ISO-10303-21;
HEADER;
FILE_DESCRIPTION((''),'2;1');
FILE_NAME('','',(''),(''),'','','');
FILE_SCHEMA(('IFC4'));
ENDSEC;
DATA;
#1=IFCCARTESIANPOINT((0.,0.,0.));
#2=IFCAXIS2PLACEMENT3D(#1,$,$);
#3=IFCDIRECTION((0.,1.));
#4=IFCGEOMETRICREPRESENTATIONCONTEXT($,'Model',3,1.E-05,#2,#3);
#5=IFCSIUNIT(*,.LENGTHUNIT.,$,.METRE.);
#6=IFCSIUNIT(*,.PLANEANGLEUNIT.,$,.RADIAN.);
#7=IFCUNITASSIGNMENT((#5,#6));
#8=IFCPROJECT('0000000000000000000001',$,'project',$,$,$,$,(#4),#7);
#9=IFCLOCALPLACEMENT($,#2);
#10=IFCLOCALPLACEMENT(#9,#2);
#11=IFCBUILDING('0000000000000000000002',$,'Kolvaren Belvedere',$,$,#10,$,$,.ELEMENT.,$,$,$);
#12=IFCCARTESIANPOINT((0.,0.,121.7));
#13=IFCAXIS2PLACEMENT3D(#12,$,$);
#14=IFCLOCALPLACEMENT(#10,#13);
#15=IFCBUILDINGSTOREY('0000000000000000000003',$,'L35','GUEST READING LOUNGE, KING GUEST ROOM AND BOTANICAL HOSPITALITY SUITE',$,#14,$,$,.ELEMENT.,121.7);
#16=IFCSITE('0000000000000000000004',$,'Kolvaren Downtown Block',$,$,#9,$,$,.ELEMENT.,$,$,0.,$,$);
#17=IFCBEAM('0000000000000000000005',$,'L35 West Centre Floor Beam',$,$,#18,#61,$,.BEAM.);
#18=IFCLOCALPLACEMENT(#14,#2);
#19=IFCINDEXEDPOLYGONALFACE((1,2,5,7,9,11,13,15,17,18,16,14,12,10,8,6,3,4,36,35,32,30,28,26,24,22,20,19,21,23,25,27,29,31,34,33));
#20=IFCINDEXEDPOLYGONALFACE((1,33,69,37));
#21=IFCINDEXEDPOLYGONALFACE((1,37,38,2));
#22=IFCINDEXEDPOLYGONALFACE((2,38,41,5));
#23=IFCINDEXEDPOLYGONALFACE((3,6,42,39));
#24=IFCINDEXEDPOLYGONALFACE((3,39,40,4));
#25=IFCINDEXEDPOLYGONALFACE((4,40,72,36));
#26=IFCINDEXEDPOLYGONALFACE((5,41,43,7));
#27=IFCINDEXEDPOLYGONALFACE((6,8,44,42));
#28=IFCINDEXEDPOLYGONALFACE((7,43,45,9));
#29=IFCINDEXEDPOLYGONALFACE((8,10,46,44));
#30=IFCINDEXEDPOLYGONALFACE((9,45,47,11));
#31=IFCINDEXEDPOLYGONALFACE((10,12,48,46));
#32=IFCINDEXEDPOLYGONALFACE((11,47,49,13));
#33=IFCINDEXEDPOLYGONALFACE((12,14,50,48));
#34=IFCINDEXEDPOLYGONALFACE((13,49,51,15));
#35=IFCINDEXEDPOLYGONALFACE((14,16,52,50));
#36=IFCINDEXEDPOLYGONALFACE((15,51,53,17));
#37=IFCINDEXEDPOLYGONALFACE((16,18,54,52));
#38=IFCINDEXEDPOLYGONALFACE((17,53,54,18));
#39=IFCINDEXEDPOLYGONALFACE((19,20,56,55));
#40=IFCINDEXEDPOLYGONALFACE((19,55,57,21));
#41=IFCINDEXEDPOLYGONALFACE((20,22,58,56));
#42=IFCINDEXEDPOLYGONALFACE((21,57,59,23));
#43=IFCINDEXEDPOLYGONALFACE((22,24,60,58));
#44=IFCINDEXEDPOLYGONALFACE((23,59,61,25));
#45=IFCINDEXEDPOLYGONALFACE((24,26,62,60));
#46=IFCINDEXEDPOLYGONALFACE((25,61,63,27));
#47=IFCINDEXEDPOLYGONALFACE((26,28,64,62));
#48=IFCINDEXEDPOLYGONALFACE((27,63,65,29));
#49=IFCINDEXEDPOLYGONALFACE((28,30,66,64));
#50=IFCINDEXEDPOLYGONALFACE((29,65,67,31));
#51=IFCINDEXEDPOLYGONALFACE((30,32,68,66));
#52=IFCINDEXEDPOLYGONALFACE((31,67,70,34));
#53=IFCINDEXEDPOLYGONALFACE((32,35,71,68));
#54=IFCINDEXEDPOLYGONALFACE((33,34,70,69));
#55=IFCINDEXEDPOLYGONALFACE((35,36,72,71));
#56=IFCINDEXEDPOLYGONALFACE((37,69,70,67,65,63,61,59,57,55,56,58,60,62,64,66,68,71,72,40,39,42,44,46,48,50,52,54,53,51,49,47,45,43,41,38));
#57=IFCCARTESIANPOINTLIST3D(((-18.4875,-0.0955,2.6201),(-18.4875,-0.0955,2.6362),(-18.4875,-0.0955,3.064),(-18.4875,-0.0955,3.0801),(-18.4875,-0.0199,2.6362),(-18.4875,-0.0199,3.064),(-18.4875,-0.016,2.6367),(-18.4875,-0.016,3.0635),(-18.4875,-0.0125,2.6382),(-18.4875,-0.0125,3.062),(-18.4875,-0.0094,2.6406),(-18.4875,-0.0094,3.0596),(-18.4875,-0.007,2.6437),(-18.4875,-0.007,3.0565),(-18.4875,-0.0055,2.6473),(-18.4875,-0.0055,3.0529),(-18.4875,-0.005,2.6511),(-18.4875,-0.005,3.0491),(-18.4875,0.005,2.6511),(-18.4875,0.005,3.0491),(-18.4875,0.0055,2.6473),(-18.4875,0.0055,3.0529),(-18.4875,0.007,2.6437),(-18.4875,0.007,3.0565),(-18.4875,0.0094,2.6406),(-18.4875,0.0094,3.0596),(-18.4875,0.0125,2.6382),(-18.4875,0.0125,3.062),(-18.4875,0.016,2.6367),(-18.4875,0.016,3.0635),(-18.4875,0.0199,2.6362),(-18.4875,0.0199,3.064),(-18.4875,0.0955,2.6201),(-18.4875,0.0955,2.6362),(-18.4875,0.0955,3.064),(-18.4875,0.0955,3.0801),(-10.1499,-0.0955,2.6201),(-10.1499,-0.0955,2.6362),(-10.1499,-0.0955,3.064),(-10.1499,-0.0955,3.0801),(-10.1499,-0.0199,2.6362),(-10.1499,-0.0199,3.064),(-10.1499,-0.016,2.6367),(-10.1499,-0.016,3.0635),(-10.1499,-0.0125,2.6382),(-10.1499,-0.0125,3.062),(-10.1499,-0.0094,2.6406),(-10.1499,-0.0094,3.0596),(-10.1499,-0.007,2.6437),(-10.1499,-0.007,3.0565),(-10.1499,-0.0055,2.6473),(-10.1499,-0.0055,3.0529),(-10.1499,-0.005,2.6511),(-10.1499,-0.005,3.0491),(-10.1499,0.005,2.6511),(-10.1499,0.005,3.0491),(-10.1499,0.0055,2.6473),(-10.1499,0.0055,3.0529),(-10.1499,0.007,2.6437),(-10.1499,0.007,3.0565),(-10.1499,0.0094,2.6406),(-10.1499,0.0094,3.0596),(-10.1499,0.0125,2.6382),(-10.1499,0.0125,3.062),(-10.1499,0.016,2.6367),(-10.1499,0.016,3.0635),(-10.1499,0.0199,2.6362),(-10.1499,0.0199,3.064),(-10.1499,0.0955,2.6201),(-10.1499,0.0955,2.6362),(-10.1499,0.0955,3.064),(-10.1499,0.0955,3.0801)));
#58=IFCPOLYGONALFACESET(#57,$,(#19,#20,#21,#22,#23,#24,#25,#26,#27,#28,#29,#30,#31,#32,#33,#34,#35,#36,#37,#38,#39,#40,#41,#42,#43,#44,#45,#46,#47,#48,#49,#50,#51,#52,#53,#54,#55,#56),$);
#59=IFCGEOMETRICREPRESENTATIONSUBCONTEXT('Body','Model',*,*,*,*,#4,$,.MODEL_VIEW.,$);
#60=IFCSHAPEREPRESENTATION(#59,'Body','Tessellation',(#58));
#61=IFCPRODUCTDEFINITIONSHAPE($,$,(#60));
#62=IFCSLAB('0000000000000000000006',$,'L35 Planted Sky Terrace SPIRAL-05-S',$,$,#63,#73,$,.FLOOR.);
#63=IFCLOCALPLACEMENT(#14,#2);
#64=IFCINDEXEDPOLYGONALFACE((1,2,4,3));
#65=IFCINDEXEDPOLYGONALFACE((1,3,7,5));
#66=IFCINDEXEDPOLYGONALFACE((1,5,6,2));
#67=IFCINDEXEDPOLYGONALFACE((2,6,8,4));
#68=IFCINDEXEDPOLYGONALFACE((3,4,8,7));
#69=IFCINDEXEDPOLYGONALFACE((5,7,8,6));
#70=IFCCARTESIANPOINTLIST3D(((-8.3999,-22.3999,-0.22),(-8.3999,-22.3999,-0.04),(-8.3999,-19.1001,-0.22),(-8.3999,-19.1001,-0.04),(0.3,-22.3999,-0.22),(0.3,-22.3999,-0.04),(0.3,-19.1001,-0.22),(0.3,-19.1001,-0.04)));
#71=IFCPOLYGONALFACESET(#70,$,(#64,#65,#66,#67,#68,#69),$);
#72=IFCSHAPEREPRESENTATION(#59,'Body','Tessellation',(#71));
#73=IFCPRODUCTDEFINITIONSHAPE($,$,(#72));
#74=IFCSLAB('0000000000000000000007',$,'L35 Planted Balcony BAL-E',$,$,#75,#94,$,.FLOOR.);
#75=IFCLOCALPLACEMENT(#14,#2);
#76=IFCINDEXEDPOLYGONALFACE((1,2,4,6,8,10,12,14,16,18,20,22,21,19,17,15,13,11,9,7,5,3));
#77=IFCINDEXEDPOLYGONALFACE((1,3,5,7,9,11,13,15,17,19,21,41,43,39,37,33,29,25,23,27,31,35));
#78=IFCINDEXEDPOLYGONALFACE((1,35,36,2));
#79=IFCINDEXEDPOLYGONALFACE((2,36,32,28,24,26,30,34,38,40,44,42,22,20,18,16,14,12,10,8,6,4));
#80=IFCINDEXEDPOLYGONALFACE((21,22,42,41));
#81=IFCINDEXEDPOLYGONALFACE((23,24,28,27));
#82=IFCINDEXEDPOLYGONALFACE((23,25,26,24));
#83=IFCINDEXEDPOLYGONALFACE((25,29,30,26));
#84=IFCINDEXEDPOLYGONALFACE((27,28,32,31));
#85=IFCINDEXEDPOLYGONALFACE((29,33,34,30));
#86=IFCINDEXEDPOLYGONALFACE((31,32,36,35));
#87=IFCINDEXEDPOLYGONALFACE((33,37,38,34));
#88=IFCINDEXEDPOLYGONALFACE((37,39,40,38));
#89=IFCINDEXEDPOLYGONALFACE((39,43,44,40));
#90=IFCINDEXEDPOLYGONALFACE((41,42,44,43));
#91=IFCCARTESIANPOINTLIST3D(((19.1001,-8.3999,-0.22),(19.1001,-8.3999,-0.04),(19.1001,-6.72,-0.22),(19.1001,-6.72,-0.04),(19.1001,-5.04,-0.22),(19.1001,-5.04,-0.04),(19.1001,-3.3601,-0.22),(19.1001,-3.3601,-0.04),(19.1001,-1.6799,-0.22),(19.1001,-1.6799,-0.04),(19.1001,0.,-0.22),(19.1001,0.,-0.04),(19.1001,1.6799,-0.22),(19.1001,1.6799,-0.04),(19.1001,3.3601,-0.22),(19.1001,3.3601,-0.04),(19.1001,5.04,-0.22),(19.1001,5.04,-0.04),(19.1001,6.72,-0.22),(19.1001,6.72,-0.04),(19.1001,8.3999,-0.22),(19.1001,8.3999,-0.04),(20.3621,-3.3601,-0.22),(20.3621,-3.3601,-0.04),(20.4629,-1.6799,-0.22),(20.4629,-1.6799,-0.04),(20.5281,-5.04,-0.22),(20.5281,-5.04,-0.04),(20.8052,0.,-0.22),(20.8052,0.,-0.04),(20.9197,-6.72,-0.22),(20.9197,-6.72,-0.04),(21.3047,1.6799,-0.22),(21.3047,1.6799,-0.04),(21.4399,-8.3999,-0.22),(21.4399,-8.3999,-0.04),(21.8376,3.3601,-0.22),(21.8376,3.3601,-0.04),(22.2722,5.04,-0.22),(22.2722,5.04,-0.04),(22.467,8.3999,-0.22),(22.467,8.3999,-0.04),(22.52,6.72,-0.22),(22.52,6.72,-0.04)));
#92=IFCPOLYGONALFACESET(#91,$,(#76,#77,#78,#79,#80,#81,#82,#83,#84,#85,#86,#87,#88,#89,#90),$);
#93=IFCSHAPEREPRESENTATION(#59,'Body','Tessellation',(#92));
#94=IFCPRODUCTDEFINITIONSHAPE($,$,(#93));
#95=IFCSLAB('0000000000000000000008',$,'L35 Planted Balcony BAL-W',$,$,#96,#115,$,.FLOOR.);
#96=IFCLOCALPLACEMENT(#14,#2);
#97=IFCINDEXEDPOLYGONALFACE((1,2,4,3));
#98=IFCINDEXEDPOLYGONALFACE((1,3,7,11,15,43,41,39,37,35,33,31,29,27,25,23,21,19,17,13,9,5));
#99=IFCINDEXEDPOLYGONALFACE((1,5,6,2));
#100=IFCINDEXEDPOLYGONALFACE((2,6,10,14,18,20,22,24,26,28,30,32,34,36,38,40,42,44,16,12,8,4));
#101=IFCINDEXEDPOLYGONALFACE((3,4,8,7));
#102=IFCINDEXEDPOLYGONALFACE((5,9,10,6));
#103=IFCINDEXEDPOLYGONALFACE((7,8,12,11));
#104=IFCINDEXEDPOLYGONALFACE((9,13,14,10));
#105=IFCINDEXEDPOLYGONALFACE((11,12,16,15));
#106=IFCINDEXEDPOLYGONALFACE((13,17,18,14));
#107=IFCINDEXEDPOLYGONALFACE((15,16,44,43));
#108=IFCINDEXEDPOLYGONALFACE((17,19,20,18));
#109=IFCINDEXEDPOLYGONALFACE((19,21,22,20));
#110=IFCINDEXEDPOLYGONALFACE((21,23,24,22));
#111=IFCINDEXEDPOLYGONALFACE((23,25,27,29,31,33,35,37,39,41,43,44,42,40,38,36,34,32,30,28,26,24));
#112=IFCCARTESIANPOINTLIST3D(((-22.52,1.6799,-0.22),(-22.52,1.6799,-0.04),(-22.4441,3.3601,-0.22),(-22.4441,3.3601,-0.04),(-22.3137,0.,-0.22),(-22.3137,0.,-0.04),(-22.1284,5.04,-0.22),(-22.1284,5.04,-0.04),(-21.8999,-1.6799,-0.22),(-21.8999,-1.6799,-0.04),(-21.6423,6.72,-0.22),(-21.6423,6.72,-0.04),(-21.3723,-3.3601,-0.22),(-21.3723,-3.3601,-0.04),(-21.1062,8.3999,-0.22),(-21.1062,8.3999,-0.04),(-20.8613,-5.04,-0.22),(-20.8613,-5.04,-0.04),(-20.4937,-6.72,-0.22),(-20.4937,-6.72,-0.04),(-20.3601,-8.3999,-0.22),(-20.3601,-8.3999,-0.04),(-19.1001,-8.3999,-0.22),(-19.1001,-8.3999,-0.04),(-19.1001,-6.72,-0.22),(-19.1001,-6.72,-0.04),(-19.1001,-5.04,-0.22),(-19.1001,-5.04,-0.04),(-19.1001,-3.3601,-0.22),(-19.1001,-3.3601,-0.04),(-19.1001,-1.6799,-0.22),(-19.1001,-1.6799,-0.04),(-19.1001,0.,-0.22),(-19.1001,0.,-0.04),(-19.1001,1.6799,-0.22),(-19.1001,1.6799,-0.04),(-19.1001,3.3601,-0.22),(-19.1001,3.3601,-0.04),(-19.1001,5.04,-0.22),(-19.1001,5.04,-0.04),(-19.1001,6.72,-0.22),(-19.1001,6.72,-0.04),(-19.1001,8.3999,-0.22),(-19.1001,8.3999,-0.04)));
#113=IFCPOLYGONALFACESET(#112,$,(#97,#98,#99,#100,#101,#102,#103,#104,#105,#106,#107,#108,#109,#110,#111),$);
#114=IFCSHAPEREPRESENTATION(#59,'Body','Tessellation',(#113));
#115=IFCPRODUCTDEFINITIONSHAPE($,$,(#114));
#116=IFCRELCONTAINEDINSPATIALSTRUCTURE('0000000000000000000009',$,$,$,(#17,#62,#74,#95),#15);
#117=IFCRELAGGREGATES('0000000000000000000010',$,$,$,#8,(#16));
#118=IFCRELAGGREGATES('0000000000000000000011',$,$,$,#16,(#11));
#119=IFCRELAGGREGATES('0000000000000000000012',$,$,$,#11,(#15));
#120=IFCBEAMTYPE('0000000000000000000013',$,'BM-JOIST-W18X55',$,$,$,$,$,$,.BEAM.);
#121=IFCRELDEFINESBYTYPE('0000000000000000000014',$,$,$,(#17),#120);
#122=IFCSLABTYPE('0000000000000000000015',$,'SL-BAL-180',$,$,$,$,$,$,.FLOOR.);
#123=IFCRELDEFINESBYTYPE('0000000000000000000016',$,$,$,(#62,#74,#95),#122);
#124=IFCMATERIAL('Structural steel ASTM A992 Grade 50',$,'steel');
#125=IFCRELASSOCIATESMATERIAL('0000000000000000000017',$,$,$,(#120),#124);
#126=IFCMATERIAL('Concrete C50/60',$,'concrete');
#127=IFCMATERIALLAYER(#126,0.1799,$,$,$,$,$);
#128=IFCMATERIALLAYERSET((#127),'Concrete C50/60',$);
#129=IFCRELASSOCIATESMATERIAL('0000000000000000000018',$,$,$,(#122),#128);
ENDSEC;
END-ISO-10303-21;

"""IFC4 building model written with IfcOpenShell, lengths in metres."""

from ifc_helpers import new_model, si_unit, direction, frame, origin, origin_2d, place, context, subcontext, project, spatial, polyline, i_section, outline, extrude, material, layer, layer_set, material_profile, profile_set, type_object, element, save


model = new_model("IFC4")

# Units and contexts
model_context = context("Model", 3, precision=1e-05, world=origin(), true_north=direction((0.0, 1.0)))
body_context = subcontext(model_context, "Body", "Model", "MODEL_VIEW")
ifc_project = project(units=[si_unit("LENGTHUNIT", "METRE"), si_unit("PLANEANGLEUNIT", "RADIAN")], contexts=[model_context])

# Site, building, storey
site_placement = place(None, origin())
site = spatial("IfcSite", under=ifc_project, at=site_placement, Name="Kolvaren Downtown Block", CompositionType="ELEMENT", RefElevation=0.0)
building_placement = place(site_placement, origin())
building = spatial("IfcBuilding", under=site, at=building_placement, Name="Kolvaren Belvedere", CompositionType="ELEMENT")
storey_placement = place(building_placement, frame((0.0, 0.0, 121.7)))
storey = spatial("IfcBuildingStorey", under=building, at=storey_placement, Name="L35", Description="GUEST READING LOUNGE, KING GUEST ROOM AND BOTANICAL HOSPITALITY SUITE", CompositionType="ELEMENT", Elevation=121.7)

# Beam
ifc_material_1 = material(Name="Structural steel ASTM A992 Grade 50", Category="steel")
ifc_material_profile_1 = material_profile(ifc_material_1, i_section(OverallWidth=0.1909, OverallDepth=0.46, WebThickness=0.01, FlangeThickness=0.0161, FilletRadius=0.0149, at=origin_2d()), Name="W18X55")
ifc_profile_set_1 = profile_set([ifc_material_profile_1], Name="Structural steel ASTM A992 Grade 50")
beam_type_1 = type_object("IfcBeamType", Name="BM-JOIST-W18X55", PredefinedType="BEAM", material=ifc_profile_set_1)
beam_1_placement = place(storey_placement, frame((-10.1499, 0.0, 2.8501), z_axis=(-1.0, 0.0, 0.0), x_axis=(0.0, -1.0, 0.0)))
element("IfcBeam", 1, at=beam_1_placement, inside=storey, type_object=beam_type_1, Name="L35 West Centre Floor Beam", PredefinedType="BEAM", context=body_context, shape_type="SweptSolid", body=[
    extrude(i_section(OverallWidth=0.1909, OverallDepth=0.46, WebThickness=0.01, FlangeThickness=0.0161, FilletRadius=0.0149, at=origin_2d()), origin(), (0.0, 0.0, 1.0), 8.3376),
])

# Slabs
ifc_material_2 = material(Name="Concrete C50/60", Category="concrete")
ifc_layer_1 = layer(ifc_material_2, 0.1799)
ifc_layer_set_1 = layer_set([ifc_layer_1], Name="Concrete C50/60")
slab_type_1 = type_object("IfcSlabType", Name="SL-BAL-180", PredefinedType="FLOOR", material=ifc_layer_set_1)
slab_1_placement = place(storey_placement, frame((0.0, 0.0, -0.22)))
element("IfcSlab", 2, at=slab_1_placement, inside=storey, type_object=slab_type_1, Name="L35 Planted Sky Terrace SPIRAL-05-S", PredefinedType="FLOOR", context=body_context, shape_type="SweptSolid", body=[
    extrude(outline(polyline([(-8.3999, -22.3999), (0.3, -22.3999), (0.3, -19.1001), (-8.3999, -19.1001), (-8.3999, -22.3999)])), origin(), (0.0, 0.0, 1.0), 0.1799),
])
slab_2_placement = place(storey_placement, frame((0.0, 0.0, -0.22)))
element("IfcSlab", 3, at=slab_2_placement, inside=storey, type_object=slab_type_1, Name="L35 Planted Balcony BAL-E", PredefinedType="FLOOR", context=body_context, shape_type="SweptSolid", body=[
    extrude(outline(polyline([(21.4399, -8.3999), (20.9197, -6.72), (20.5281, -5.04), (20.3621, -3.3601), (20.4629, -1.6799), (20.8052, 0.0), (21.3047, 1.6799), (21.8376, 3.3601), (22.2722, 5.04), (22.52, 6.72), (22.467, 8.3999), (19.1001, 8.3999), (19.1001, 6.72), (19.1001, 5.04), (19.1001, 3.3601), (19.1001, 1.6799), (19.1001, 0.0), (19.1001, -1.6799), (19.1001, -3.3601), (19.1001, -5.04), (19.1001, -6.72), (19.1001, -8.3999), (21.4399, -8.3999)])), origin(), (0.0, 0.0, 1.0), 0.1799),
])
slab_3_placement = place(storey_placement, frame((0.0, 0.0, -0.22)))
element("IfcSlab", 4, at=slab_3_placement, inside=storey, type_object=slab_type_1, Name="L35 Planted Balcony BAL-W", PredefinedType="FLOOR", context=body_context, shape_type="SweptSolid", body=[
    extrude(outline(polyline([(-21.1062, 8.3999), (-21.6423, 6.72), (-22.1284, 5.04), (-22.4441, 3.3601), (-22.52, 1.6799), (-22.3137, 0.0), (-21.8999, -1.6799), (-21.3723, -3.3601), (-20.8613, -5.04), (-20.4937, -6.72), (-20.3601, -8.3999), (-19.1001, -8.3999), (-19.1001, -6.72), (-19.1001, -5.04), (-19.1001, -3.3601), (-19.1001, -1.6799), (-19.1001, 0.0), (-19.1001, 1.6799), (-19.1001, 3.3601), (-19.1001, 5.04), (-19.1001, 6.72), (-19.1001, 8.3999), (-21.1062, 8.3999)])), origin(), (0.0, 0.0, 1.0), 0.1799),
])

save(model, "model.ifc")
